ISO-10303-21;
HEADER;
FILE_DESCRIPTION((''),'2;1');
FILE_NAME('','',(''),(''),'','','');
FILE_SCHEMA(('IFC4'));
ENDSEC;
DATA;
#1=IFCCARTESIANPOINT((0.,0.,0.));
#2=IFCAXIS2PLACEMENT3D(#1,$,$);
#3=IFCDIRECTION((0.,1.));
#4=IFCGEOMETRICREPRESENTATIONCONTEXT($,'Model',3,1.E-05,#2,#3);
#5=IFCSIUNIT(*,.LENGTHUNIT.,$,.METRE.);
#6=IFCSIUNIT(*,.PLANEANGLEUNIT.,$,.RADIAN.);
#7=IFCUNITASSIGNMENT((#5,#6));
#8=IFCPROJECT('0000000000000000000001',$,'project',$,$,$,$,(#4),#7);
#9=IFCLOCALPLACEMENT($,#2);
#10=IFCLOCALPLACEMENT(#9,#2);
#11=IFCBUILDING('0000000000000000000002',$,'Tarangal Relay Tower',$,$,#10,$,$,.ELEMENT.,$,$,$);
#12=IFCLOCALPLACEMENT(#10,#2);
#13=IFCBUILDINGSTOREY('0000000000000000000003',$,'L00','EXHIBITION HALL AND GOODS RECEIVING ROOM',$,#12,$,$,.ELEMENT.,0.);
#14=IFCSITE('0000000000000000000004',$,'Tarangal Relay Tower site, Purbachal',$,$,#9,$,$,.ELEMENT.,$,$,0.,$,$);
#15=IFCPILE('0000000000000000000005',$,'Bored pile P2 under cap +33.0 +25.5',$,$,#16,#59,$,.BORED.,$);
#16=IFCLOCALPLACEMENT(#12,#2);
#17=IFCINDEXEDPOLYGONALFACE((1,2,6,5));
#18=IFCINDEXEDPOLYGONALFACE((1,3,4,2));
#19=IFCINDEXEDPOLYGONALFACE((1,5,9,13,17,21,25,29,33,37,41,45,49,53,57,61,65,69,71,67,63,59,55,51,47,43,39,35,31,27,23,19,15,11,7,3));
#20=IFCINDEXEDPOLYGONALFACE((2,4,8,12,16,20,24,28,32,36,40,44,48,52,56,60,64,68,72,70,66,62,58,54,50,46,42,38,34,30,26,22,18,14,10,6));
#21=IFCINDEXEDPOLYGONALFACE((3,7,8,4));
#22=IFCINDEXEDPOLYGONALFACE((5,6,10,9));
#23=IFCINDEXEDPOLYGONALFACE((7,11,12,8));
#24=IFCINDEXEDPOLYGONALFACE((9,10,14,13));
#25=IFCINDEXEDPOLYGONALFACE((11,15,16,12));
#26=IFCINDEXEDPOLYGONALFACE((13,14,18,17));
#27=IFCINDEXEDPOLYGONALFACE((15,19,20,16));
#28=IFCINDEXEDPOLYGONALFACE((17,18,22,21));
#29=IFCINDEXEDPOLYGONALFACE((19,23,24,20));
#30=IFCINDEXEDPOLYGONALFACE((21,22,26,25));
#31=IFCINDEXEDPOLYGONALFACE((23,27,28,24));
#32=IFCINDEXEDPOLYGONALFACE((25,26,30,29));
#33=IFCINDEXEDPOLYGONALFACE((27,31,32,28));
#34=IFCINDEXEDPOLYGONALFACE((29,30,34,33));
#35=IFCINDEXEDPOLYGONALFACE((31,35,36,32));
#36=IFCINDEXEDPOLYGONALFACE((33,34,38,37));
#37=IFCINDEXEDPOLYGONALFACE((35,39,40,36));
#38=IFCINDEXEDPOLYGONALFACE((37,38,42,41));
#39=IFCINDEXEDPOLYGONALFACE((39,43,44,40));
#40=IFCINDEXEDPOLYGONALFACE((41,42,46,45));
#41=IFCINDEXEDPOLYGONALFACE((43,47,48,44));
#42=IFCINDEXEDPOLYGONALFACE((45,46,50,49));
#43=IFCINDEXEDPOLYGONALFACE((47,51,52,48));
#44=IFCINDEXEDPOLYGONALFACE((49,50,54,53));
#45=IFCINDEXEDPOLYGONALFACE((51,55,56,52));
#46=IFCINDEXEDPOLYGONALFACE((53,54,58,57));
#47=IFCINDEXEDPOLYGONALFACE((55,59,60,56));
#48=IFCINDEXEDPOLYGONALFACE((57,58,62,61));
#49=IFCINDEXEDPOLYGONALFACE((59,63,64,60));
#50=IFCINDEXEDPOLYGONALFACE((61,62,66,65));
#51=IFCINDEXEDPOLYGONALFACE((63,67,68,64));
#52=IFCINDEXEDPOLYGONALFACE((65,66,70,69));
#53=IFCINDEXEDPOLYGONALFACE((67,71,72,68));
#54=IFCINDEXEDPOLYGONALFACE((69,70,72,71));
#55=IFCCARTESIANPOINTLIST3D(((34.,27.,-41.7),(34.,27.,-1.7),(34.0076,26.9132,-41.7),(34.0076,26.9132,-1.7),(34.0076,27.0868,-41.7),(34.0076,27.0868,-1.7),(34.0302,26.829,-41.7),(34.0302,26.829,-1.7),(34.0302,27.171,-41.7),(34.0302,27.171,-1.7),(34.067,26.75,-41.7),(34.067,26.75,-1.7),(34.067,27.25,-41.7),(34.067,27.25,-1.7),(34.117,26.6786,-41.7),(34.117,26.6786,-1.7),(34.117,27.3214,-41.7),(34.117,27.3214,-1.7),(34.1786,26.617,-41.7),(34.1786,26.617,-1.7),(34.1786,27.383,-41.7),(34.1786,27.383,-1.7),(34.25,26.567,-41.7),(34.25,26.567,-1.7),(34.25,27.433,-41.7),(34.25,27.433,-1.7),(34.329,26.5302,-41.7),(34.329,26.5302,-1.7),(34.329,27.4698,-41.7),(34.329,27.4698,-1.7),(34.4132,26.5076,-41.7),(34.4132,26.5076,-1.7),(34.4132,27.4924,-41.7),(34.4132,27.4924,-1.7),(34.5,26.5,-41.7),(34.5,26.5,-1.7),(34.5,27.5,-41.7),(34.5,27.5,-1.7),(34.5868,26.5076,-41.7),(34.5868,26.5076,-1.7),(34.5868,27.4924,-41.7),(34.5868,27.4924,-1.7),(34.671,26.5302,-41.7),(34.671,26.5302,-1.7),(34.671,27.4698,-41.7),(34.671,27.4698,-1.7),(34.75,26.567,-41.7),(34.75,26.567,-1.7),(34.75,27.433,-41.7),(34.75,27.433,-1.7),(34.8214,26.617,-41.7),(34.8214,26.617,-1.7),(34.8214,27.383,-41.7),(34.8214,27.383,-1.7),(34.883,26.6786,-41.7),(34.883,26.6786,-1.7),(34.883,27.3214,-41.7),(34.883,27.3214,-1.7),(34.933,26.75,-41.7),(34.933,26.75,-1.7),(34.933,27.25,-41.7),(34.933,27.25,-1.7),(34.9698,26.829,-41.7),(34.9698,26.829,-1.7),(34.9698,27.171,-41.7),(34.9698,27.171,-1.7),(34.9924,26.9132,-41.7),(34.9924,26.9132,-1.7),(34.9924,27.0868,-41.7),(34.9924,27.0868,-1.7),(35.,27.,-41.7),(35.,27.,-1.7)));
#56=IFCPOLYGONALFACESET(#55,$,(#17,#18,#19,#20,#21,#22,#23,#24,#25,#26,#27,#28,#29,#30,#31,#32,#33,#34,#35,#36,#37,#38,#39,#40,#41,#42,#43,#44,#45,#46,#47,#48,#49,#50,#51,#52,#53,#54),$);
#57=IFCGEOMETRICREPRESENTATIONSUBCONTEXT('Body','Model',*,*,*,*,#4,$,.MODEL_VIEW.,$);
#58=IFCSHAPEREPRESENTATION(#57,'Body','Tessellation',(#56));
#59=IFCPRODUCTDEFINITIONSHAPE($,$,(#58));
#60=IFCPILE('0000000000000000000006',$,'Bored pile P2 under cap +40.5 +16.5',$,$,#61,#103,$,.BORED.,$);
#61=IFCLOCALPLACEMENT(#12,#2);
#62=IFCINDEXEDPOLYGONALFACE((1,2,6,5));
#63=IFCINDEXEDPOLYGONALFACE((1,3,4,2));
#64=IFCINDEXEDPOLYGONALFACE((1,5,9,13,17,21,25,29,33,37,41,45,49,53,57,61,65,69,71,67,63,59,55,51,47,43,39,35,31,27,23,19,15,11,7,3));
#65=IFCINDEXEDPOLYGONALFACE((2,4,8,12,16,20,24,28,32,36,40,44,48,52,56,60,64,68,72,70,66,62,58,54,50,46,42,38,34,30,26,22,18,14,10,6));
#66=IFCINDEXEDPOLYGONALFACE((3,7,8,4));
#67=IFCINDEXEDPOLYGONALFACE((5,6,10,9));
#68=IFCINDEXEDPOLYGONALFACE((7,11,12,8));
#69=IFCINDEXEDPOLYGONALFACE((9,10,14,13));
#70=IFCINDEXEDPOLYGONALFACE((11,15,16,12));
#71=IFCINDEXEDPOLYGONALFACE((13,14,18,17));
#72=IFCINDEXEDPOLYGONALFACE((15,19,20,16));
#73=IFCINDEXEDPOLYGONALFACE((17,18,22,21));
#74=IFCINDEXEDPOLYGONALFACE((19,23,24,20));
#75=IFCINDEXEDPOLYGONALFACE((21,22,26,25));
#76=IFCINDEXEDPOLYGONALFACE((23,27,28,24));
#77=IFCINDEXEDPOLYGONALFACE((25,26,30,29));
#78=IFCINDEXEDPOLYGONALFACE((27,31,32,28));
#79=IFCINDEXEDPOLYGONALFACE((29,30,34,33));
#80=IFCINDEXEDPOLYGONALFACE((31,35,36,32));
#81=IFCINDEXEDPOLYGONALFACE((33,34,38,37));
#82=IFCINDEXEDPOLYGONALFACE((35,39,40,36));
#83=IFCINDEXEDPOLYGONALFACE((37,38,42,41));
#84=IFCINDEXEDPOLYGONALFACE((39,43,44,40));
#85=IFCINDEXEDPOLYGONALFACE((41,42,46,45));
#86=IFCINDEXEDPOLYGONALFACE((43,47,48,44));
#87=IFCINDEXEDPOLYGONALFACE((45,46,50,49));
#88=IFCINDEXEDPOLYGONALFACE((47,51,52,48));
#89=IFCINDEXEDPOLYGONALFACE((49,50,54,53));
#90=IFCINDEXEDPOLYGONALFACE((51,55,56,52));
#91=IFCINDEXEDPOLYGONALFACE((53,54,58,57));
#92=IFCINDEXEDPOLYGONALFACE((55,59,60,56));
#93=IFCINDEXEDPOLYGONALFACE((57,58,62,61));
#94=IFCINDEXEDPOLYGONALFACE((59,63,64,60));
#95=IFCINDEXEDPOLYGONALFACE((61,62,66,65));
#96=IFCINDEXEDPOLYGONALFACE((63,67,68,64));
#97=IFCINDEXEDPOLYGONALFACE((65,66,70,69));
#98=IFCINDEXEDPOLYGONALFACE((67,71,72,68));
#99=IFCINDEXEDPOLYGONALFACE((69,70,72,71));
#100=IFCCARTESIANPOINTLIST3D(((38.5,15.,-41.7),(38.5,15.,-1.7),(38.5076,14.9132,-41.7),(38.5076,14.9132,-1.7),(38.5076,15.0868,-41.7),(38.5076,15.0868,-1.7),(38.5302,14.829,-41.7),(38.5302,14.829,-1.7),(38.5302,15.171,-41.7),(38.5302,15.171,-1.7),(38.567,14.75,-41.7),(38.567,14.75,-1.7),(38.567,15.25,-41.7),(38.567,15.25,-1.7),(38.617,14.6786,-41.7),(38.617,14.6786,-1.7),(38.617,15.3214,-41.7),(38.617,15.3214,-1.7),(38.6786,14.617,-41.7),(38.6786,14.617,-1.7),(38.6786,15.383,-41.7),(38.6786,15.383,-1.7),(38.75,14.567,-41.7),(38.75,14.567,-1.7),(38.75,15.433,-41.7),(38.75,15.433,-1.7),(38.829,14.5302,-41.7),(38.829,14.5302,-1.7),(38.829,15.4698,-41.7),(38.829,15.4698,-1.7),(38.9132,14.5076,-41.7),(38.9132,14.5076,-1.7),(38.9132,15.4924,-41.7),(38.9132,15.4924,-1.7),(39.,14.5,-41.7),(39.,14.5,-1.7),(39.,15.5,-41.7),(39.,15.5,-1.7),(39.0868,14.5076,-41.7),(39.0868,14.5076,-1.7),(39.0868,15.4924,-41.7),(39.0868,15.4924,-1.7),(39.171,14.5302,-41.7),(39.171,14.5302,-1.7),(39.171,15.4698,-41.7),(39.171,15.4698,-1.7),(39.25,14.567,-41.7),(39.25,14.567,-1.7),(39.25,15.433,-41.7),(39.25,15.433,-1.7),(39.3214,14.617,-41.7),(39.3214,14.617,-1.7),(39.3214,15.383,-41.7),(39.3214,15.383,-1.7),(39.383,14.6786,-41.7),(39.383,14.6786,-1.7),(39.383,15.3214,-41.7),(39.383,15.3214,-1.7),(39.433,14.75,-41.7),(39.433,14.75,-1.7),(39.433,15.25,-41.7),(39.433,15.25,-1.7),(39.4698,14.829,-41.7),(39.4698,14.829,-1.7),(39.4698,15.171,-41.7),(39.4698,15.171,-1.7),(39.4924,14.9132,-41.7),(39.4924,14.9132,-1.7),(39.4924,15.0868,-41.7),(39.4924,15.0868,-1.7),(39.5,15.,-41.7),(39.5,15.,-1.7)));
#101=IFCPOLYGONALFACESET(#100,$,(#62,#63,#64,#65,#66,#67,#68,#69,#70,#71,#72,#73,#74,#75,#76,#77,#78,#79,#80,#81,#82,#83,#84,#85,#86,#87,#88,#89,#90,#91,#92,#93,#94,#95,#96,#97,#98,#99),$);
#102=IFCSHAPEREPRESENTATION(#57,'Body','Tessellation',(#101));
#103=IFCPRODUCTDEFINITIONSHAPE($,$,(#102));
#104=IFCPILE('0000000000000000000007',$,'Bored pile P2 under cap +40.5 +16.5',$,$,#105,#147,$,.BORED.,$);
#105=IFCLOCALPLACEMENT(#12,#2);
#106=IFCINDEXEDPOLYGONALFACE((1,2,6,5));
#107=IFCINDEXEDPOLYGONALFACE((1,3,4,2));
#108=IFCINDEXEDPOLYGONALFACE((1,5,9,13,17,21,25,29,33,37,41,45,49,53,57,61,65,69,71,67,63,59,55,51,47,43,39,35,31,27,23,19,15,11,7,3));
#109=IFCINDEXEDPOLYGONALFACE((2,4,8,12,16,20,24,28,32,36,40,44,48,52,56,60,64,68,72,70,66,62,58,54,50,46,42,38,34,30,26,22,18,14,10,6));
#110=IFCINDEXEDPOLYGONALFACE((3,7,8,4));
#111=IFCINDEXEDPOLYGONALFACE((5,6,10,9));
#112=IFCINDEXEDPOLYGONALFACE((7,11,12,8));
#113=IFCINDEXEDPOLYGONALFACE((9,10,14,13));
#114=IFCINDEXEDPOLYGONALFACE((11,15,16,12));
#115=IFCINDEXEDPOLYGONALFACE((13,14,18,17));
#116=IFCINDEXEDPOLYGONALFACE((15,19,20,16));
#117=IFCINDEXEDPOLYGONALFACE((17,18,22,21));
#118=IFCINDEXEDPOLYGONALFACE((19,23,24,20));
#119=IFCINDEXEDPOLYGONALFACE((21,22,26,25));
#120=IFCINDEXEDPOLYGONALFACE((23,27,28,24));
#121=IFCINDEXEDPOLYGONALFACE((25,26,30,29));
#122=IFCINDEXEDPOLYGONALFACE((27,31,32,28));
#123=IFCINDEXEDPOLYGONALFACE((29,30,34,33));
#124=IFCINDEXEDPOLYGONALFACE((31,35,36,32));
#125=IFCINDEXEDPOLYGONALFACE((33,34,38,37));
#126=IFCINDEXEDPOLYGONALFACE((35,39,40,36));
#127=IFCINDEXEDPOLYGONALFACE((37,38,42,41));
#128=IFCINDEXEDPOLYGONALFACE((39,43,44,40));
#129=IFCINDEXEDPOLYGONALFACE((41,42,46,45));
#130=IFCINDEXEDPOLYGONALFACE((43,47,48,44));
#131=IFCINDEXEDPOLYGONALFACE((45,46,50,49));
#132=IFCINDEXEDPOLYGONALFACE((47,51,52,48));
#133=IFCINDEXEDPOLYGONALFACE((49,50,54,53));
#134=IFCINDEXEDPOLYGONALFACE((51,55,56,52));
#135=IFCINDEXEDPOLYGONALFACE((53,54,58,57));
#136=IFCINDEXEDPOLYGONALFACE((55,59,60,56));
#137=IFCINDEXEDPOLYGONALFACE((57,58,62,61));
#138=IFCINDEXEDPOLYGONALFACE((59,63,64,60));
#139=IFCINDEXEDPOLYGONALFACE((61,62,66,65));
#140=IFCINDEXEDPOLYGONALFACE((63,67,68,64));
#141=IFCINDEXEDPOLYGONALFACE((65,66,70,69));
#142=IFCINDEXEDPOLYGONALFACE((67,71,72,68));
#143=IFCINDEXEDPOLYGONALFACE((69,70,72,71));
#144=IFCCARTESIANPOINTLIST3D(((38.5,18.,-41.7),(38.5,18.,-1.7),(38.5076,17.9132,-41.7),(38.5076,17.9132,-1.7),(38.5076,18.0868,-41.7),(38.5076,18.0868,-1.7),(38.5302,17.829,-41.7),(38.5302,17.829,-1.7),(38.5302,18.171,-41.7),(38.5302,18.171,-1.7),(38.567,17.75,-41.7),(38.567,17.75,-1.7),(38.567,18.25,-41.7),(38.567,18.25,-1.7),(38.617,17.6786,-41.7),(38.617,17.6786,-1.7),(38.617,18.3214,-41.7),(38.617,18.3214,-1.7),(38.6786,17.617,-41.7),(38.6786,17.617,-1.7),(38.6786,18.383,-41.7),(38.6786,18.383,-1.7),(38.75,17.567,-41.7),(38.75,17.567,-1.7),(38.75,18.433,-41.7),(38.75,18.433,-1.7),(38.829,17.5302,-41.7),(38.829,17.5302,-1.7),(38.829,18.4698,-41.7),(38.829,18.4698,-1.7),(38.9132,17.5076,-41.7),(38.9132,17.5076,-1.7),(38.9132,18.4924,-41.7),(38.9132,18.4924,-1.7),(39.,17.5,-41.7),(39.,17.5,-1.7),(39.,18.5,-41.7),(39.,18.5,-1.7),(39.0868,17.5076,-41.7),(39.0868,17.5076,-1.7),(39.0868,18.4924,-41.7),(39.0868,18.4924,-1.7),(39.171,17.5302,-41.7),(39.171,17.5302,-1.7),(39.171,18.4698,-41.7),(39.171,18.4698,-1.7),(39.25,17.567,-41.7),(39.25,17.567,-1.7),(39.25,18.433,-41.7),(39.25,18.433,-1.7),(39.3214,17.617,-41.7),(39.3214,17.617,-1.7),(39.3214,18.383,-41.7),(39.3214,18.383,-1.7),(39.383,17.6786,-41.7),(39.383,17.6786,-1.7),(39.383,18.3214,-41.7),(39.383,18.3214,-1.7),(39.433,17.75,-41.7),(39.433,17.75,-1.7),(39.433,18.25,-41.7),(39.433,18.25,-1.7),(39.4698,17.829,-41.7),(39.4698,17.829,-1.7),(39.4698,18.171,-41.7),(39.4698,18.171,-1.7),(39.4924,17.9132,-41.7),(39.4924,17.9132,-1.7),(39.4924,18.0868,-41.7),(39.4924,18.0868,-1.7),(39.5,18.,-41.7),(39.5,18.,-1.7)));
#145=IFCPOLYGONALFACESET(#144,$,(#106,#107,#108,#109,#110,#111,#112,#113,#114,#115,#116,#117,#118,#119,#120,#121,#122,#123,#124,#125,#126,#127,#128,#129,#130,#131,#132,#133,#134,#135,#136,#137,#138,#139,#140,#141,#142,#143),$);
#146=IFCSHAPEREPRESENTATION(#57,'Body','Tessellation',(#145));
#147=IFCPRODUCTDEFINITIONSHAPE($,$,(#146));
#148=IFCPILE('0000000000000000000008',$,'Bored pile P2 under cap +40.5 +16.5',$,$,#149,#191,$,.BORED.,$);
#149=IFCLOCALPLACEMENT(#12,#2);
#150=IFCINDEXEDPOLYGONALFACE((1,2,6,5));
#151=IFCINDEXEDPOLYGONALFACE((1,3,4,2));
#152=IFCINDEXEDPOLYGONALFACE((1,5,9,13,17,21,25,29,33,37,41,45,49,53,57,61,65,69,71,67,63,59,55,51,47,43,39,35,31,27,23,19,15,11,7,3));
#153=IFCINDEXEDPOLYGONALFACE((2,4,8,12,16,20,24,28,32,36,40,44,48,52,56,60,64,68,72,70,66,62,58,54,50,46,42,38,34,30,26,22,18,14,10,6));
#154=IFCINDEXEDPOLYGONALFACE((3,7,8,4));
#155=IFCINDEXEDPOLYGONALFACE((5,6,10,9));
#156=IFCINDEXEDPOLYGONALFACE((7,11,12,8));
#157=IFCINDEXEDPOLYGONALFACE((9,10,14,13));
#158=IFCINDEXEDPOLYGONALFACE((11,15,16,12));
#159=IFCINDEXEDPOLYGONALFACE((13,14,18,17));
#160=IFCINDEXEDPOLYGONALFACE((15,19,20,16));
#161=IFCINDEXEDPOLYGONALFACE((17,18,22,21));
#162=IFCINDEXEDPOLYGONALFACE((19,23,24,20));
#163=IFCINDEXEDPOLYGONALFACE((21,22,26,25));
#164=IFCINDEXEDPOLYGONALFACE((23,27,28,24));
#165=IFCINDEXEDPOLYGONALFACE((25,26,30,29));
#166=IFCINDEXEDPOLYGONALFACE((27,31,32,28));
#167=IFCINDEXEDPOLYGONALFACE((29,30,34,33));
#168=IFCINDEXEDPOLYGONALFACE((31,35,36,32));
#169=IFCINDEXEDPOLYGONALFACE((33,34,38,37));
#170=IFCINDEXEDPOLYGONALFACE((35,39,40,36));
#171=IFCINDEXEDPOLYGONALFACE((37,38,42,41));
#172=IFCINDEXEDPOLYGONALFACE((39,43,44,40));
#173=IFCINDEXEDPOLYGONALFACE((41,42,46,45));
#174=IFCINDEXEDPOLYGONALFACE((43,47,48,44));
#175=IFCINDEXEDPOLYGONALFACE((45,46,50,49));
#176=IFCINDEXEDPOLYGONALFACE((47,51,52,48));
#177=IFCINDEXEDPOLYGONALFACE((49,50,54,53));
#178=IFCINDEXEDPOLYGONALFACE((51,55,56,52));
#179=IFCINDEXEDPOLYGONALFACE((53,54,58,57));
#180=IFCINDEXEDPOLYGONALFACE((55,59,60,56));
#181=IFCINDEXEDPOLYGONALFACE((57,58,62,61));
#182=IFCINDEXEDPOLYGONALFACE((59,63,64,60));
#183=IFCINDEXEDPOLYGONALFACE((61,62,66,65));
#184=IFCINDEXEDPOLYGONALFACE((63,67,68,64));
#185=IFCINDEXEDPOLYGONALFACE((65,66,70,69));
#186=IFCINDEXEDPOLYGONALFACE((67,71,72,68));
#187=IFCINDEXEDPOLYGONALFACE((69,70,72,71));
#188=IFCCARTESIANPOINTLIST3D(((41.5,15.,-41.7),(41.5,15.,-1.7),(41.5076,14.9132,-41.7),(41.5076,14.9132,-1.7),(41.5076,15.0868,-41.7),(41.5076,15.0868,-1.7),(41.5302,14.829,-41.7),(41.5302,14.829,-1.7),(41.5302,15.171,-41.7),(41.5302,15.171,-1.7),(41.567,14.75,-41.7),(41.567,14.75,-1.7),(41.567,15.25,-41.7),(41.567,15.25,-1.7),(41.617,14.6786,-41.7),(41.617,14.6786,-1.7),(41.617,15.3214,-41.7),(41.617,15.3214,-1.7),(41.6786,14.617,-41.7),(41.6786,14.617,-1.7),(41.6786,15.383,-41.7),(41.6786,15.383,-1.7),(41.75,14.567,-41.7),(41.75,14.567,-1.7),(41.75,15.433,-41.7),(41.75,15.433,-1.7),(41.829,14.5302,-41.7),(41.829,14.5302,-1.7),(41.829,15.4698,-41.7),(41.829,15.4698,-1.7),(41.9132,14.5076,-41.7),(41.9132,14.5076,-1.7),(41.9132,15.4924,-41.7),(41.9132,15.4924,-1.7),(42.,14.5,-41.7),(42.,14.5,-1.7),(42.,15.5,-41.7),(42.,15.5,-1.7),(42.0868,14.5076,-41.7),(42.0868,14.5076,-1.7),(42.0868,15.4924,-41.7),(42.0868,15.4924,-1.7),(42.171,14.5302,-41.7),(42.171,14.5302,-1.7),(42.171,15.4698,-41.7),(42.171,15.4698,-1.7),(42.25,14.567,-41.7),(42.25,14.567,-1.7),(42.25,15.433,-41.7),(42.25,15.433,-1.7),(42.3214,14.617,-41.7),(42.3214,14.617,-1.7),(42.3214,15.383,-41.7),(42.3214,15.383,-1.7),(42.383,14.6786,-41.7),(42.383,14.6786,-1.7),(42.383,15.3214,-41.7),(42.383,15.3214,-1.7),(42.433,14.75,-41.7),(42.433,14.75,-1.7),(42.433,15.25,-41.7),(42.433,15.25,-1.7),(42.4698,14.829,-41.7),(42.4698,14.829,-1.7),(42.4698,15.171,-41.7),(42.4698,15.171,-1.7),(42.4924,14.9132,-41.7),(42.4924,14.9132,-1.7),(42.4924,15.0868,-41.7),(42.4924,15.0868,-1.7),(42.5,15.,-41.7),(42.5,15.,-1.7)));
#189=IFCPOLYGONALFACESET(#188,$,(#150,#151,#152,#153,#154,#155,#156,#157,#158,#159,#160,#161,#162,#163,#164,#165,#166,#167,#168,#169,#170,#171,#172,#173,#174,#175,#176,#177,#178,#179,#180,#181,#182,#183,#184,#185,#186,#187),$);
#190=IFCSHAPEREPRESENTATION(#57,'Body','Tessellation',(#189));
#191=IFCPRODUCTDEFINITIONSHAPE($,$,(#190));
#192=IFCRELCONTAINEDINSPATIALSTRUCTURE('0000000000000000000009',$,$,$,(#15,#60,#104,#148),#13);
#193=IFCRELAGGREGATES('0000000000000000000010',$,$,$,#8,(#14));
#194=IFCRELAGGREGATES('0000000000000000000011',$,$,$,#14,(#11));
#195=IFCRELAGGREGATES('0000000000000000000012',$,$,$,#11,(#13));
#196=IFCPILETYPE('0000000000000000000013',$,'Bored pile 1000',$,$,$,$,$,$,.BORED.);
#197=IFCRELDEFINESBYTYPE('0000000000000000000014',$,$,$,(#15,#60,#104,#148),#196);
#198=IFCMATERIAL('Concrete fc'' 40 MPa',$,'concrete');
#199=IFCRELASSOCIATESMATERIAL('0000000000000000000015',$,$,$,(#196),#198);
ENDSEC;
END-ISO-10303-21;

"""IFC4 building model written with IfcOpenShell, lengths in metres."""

from ifc_helpers import new_model, si_unit, direction, frame, origin, origin_2d, place, context, subcontext, project, spatial, circle, extrude, material, material_profile, profile_set, type_object, element, save


model = new_model("IFC4")

# Units and contexts
model_context = context("Model", 3, precision=1e-05, world=origin(), true_north=direction((0.0, 1.0)))
body_context = subcontext(model_context, "Body", "Model", "MODEL_VIEW")
ifc_project = project(units=[si_unit("LENGTHUNIT", "METRE"), si_unit("PLANEANGLEUNIT", "RADIAN")], contexts=[model_context])

# Site, building, storey
site_placement = place(None, origin())
site = spatial("IfcSite", under=ifc_project, at=site_placement, Name="Tarangal Relay Tower site, Purbachal", CompositionType="ELEMENT", RefElevation=0.0)
building_placement = place(site_placement, origin())
building = spatial("IfcBuilding", under=site, at=building_placement, Name="Tarangal Relay Tower", CompositionType="ELEMENT")
storey_placement = place(building_placement, origin())
storey = spatial("IfcBuildingStorey", under=building, at=storey_placement, Name="L00", Description="EXHIBITION HALL AND GOODS RECEIVING ROOM", CompositionType="ELEMENT", Elevation=0.0)

# Piles
ifc_material_1 = material(Name="Concrete fc' 40 MPa", Category="concrete")
ifc_material_profile_1 = material_profile(ifc_material_1, circle(Radius=0.5, at=origin_2d()), Name="D1000")
ifc_profile_set_1 = profile_set([ifc_material_profile_1], Name="Concrete fc' 40 MPa")
pile_type = type_object("IfcPileType", Name="Bored pile 1000", PredefinedType="BORED", material=ifc_profile_set_1)
for number, where, z_axis, x_axis, name in (
    (1, (34.5, 27.0, -1.7), (0.0, 0.0, -1.0), (1.0, 0.0, 0.0), "Bored pile P2 under cap +33.0 +25.5"),
    (2, (39.0, 15.0, -1.7), (0.0, 0.0, -1.0), (1.0, 0.0, 0.0), "Bored pile P2 under cap +40.5 +16.5"),
    (3, (39.0, 18.0, -1.7), (0.0, 0.0, -1.0), (1.0, 0.0, 0.0), "Bored pile P2 under cap +40.5 +16.5"),
    (4, (42.0, 15.0, -1.7), (0.0, 0.0, -1.0), (1.0, 0.0, 0.0), "Bored pile P2 under cap +40.5 +16.5"),
):
    element("IfcPile", number, at=place(storey_placement, frame(where, z_axis=z_axis, x_axis=x_axis)), inside=storey, type_object=pile_type, Name=name, PredefinedType="BORED", context=body_context, shape_type="SweptSolid", body=[
        extrude(circle(Radius=0.5, at=origin_2d()), origin(), (0.0, 0.0, 1.0), 40.0),
    ])

save(model, "model.ifc")
